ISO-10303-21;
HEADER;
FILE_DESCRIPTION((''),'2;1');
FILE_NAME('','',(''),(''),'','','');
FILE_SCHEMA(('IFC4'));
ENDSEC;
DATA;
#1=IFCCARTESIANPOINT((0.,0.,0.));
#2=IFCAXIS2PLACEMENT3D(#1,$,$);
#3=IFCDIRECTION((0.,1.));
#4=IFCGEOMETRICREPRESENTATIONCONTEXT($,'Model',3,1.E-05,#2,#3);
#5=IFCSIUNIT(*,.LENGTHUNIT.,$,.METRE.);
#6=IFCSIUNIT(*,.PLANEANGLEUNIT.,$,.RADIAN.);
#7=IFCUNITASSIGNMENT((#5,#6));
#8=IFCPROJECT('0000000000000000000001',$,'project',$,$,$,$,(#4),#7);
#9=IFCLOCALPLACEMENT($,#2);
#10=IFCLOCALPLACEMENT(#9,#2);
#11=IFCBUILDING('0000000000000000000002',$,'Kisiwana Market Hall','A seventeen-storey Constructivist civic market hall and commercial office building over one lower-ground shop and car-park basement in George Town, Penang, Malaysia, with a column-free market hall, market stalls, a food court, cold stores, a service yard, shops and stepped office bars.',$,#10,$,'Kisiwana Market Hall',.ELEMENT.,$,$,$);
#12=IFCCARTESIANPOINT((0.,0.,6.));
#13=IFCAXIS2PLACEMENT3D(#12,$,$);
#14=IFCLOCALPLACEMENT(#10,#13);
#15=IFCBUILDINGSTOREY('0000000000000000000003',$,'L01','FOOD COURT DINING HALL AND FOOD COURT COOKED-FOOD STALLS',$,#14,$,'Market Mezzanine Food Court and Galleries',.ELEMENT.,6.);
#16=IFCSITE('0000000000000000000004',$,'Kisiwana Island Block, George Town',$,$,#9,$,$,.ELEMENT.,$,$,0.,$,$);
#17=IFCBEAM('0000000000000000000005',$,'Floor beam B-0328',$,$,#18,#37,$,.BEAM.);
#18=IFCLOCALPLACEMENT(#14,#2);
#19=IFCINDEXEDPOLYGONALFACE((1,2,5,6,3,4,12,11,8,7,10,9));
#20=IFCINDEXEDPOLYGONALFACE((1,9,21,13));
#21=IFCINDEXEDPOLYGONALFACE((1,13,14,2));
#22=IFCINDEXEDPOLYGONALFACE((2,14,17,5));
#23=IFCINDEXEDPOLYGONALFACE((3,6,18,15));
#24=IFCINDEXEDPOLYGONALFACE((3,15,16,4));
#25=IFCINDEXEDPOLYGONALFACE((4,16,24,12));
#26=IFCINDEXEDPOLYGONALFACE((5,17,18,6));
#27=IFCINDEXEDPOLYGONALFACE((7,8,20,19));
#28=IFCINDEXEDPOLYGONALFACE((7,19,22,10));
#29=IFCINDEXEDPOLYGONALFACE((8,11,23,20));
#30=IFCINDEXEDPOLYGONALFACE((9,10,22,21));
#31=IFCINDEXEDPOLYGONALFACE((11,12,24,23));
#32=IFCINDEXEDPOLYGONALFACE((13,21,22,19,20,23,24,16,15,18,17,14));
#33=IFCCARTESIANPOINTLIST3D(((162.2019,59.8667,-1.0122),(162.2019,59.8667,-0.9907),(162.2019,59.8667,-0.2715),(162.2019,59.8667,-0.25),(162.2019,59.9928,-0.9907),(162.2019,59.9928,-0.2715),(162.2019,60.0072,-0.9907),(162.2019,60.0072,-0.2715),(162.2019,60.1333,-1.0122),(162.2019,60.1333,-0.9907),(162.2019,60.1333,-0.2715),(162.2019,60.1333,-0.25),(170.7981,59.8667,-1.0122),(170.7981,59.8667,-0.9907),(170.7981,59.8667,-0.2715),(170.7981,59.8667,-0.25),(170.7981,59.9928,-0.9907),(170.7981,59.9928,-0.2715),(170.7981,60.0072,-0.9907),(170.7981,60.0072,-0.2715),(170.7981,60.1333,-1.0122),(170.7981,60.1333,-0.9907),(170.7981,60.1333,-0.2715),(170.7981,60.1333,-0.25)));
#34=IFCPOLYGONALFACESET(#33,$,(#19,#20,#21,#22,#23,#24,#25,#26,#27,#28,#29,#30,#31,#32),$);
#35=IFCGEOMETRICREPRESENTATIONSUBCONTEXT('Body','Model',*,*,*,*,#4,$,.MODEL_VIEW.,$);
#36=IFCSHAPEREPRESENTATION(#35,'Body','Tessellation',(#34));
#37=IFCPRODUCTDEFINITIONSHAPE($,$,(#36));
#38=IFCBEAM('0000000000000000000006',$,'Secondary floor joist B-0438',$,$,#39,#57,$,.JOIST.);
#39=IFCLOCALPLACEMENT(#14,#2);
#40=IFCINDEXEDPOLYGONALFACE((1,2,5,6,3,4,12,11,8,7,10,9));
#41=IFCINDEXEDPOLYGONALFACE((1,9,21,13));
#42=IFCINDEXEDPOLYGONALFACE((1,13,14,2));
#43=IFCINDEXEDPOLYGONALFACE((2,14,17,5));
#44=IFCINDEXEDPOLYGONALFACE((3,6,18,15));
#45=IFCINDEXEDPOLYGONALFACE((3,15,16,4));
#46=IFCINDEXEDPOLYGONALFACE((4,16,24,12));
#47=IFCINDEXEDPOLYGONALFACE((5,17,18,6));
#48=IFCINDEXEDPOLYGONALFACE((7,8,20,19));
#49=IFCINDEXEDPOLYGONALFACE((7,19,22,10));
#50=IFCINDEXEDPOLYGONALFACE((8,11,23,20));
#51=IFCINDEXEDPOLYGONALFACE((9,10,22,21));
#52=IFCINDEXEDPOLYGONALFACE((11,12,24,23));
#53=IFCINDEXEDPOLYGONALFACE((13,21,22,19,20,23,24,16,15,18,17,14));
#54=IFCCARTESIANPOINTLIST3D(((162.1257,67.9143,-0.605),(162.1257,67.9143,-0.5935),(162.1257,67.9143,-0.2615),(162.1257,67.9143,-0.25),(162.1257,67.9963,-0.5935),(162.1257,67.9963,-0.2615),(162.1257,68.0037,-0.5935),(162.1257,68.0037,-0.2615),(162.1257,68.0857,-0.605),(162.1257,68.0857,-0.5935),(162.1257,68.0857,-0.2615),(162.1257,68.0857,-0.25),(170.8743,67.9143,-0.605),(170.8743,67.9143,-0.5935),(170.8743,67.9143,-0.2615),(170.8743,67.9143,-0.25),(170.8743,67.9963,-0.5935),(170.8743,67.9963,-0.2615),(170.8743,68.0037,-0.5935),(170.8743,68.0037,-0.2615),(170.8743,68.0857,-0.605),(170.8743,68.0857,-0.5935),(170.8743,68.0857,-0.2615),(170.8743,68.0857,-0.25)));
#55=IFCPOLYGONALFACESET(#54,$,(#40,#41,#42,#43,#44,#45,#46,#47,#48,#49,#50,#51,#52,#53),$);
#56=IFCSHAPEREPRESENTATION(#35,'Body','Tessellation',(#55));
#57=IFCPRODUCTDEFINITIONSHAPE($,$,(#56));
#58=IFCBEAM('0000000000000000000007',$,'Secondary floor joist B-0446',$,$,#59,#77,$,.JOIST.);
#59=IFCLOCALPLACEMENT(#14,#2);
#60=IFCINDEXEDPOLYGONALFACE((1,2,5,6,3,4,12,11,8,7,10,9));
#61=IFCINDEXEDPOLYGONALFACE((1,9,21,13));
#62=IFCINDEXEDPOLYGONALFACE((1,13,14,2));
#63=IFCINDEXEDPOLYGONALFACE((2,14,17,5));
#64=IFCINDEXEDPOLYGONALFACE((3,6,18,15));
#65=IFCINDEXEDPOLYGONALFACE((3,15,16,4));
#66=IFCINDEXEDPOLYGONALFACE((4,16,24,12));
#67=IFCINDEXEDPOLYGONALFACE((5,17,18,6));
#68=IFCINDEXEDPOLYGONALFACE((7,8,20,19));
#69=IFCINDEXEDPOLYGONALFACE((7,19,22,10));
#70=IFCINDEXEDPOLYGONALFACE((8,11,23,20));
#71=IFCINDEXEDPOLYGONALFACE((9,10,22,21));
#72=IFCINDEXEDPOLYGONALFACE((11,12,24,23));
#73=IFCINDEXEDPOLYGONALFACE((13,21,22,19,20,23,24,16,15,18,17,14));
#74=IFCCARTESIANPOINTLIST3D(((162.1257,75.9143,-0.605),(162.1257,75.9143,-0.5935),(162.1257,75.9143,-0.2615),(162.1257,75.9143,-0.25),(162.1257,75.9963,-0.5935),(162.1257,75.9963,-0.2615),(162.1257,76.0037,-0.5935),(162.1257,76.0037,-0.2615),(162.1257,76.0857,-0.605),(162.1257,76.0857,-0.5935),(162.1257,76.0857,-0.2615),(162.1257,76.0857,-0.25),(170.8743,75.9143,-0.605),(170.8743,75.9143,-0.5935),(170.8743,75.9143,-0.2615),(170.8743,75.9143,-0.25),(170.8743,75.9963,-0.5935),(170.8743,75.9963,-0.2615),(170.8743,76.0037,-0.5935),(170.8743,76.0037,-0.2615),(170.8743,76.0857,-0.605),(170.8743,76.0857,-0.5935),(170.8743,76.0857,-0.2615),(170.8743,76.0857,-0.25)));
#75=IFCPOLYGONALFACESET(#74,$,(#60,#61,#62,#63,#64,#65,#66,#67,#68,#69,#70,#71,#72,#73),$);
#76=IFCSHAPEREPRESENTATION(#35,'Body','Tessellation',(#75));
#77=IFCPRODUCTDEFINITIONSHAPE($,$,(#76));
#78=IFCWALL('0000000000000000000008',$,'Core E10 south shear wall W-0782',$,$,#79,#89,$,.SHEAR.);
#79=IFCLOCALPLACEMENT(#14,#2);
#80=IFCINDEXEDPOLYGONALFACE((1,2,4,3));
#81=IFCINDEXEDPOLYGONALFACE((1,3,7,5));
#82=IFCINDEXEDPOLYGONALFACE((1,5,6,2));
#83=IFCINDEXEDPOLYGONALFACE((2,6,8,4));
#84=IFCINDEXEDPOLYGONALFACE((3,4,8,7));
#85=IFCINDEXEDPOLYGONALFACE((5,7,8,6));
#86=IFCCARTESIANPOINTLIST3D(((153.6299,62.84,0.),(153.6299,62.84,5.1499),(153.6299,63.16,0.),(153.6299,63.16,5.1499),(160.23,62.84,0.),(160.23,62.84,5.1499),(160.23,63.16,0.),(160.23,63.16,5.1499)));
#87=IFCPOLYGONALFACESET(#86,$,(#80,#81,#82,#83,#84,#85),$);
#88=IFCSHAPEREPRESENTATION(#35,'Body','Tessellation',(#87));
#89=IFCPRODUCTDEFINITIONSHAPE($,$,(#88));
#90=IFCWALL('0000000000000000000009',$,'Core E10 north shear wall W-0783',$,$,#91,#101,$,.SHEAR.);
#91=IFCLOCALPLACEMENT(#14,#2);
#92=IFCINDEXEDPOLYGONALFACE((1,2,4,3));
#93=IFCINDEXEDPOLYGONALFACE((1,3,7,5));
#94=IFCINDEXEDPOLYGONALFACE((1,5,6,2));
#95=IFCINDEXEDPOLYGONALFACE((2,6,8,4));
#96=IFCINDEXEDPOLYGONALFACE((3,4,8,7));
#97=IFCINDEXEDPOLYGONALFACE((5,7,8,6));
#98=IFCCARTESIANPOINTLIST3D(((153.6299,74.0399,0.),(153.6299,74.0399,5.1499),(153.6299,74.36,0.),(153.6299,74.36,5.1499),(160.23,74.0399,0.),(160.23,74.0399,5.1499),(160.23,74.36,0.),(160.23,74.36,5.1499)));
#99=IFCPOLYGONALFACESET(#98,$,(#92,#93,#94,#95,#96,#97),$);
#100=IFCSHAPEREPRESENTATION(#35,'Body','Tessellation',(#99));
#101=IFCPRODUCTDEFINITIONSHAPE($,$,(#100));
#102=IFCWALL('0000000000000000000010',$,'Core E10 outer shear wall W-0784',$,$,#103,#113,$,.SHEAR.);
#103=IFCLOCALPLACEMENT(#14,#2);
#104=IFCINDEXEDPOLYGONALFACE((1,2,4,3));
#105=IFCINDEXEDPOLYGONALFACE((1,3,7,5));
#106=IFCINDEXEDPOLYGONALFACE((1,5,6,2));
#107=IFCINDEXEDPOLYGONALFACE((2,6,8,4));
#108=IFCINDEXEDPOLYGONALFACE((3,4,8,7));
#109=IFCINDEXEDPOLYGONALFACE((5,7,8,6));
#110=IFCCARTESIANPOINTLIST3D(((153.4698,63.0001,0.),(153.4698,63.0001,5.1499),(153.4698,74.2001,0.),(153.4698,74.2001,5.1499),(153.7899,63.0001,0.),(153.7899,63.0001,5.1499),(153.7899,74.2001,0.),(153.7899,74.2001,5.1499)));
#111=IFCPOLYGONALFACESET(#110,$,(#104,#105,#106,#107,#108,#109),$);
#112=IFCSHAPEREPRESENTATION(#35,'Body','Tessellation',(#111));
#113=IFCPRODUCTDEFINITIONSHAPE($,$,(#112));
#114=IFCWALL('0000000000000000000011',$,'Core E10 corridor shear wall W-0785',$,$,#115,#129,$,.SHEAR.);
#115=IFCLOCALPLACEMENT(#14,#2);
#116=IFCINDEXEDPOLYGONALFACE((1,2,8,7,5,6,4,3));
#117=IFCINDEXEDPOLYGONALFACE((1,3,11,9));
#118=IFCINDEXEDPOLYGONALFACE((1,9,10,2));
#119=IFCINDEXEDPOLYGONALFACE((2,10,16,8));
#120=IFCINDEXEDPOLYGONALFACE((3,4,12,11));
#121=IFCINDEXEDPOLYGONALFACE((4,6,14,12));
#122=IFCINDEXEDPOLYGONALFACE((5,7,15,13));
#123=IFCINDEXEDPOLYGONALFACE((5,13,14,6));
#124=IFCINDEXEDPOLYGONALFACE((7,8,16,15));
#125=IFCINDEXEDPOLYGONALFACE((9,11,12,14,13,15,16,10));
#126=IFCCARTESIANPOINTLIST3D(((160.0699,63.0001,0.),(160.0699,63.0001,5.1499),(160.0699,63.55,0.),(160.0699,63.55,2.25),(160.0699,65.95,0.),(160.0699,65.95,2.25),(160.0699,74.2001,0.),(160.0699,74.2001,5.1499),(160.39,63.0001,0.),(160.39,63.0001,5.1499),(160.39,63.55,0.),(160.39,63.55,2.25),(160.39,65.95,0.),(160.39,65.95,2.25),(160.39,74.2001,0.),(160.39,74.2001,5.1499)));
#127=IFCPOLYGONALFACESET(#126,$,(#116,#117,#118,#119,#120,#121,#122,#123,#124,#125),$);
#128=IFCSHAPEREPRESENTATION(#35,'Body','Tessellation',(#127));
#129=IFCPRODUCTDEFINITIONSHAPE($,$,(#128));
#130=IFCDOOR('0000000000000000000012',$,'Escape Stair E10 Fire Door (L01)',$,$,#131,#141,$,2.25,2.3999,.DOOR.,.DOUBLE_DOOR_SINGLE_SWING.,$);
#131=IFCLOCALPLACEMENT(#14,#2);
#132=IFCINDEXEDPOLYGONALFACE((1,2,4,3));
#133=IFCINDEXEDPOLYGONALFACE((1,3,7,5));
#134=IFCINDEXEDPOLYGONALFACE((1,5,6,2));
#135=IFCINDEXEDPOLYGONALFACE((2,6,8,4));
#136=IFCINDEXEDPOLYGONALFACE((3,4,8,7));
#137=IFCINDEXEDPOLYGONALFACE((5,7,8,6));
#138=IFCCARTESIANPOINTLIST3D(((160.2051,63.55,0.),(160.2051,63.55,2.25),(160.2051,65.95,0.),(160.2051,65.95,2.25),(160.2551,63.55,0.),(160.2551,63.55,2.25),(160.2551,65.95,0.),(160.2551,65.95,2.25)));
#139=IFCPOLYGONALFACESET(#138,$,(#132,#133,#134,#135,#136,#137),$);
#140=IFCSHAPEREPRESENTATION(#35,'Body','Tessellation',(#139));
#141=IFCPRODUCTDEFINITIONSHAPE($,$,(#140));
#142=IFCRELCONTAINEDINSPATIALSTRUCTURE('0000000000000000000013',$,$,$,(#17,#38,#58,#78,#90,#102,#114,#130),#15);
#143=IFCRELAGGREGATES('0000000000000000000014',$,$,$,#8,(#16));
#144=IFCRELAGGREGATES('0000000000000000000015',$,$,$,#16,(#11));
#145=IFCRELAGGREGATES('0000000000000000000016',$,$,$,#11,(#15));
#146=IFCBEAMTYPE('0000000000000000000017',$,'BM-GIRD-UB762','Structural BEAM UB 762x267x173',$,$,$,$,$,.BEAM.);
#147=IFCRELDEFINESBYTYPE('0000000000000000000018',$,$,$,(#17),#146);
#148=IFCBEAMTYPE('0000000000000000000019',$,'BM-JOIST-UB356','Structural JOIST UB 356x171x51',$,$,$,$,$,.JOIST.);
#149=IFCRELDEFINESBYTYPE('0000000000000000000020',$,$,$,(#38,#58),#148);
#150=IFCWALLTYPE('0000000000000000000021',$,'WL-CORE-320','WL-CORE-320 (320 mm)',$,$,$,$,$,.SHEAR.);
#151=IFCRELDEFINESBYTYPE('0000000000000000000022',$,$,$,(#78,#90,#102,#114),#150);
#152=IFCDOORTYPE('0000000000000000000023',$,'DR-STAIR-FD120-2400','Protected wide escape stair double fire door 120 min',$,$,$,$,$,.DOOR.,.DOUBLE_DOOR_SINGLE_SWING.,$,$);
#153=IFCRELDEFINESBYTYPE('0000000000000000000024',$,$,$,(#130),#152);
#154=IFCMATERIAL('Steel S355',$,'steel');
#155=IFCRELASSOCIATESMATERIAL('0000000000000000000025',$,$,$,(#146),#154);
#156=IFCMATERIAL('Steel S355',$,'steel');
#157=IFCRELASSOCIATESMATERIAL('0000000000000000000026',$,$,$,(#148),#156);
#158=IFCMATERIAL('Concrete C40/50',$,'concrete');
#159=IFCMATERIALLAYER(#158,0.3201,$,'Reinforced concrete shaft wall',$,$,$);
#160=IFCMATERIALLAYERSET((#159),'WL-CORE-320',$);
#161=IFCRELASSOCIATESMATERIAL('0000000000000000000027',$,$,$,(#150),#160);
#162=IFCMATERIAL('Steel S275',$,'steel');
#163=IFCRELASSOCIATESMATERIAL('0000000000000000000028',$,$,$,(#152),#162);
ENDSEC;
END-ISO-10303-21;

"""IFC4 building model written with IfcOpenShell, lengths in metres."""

from ifc_helpers import new_model, si_unit, direction, frame, frame_2d, origin, origin_2d, place, context, subcontext, project, spatial, rectangle, i_section, extrude, material, layer, layer_set, material_profile, profile_set, type_object, element, fill, save


model = new_model("IFC4")

# Units and contexts
model_context = context("Model", 3, precision=1e-05, world=origin(), true_north=direction((0.0, 1.0)))
body_context = subcontext(model_context, "Body", "Model", "MODEL_VIEW")
ifc_project = project(units=[si_unit("LENGTHUNIT", "METRE"), si_unit("PLANEANGLEUNIT", "RADIAN")], contexts=[model_context])

# Site, building, storey
site_placement = place(None, origin())
site = spatial("IfcSite", under=ifc_project, at=site_placement, Name="Kisiwana Island Block, George Town", CompositionType="ELEMENT", RefElevation=0.0)
building_placement = place(site_placement, origin())
building = spatial("IfcBuilding", under=site, at=building_placement, Name="Kisiwana Market Hall", Description="A seventeen-storey Constructivist civic market hall and commercial office building over one lower-ground shop and car-park basement in George Town, Penang, Malaysia, with a column-free market hall, market stalls, a food court, cold stores, a service yard, shops and stepped office bars.", LongName="Kisiwana Market Hall", CompositionType="ELEMENT")
storey_placement = place(building_placement, frame((0.0, 0.0, 6.0)))
storey = spatial("IfcBuildingStorey", under=building, at=storey_placement, Name="L01", Description="FOOD COURT DINING HALL AND FOOD COURT COOKED-FOOD STALLS", LongName="Market Mezzanine Food Court and Galleries", CompositionType="ELEMENT", Elevation=6.0)

# Beams
ifc_material_1 = material(Name="Steel S355", Category="steel")
ifc_material_profile_1 = material_profile(ifc_material_1, i_section(OverallWidth=0.2666, OverallDepth=0.7622, WebThickness=0.0144, FlangeThickness=0.0215, at=origin_2d()), Name="UB 762x267x173")
ifc_profile_set_1 = profile_set([ifc_material_profile_1], Name="Steel S355")
beam_type_1 = type_object("IfcBeamType", Name="BM-GIRD-UB762", Description="Structural BEAM UB 762x267x173", PredefinedType="BEAM", material=ifc_profile_set_1)
beam_1_placement = place(storey_placement, frame((162.2019, 60.0, -0.6311), z_axis=(1.0, 0.0, 0.0), x_axis=(0.0, 1.0, 0.0)))
element("IfcBeam", 1, at=beam_1_placement, inside=storey, type_object=beam_type_1, Name="Floor beam B-0328", PredefinedType="BEAM", context=body_context, shape_type="SweptSolid", body=[
    extrude(i_section(OverallWidth=0.2666, OverallDepth=0.7622, WebThickness=0.0144, FlangeThickness=0.0215, at=origin_2d()), origin(), (0.0, 0.0, 1.0), 8.5962),
])
ifc_material_2 = material(Name="Steel S355", Category="steel")
ifc_material_profile_2 = material_profile(ifc_material_2, i_section(OverallWidth=0.1714, OverallDepth=0.355, WebThickness=0.0073, FlangeThickness=0.0115, at=origin_2d()), Name="UB 356x171x51")
ifc_profile_set_2 = profile_set([ifc_material_profile_2], Name="Steel S355")
beam_type_2 = type_object("IfcBeamType", Name="BM-JOIST-UB356", Description="Structural JOIST UB 356x171x51", PredefinedType="JOIST", material=ifc_profile_set_2)
for number, where, z_axis, x_axis, name in (
    (2, (162.1257, 68.0, -0.4275), (1.0, 0.0, 0.0), (0.0, 1.0, 0.0), "Secondary floor joist B-0438"),
    (3, (162.1257, 76.0, -0.4275), (1.0, 0.0, 0.0), (0.0, 1.0, 0.0), "Secondary floor joist B-0446"),
):
    element("IfcBeam", number, at=place(storey_placement, frame(where, z_axis=z_axis, x_axis=x_axis)), inside=storey, type_object=beam_type_2, Name=name, PredefinedType="JOIST", context=body_context, shape_type="SweptSolid", body=[
        extrude(i_section(OverallWidth=0.1714, OverallDepth=0.355, WebThickness=0.0073, FlangeThickness=0.0115, at=origin_2d()), origin(), (0.0, 0.0, 1.0), 8.7485),
    ])

# Walls
ifc_material_3 = material(Name="Concrete C40/50", Category="concrete")
ifc_layer = layer(ifc_material_3, 0.3201, Name="Reinforced concrete shaft wall")
ifc_layer_set = layer_set([ifc_layer], Name="WL-CORE-320")
wall_type = type_object("IfcWallType", Name="WL-CORE-320", Description="WL-CORE-320 (320 mm)", PredefinedType="SHEAR", material=ifc_layer_set)
for number, where, z_axis, x_axis, name in (
    (4, (153.6299, 63.0, 0.0), (0.0, 0.0, 1.0), (1.0, 0.0, 0.0), "Core E10 south shear wall W-0782"),
    (5, (153.6299, 74.2, 0.0), (0.0, 0.0, 1.0), (1.0, 0.0, 0.0), "Core E10 north shear wall W-0783"),
):
    element("IfcWall", number, at=place(storey_placement, frame(where, z_axis=z_axis, x_axis=x_axis)), inside=storey, type_object=wall_type, Name=name, PredefinedType="SHEAR", context=body_context, shape_type="SweptSolid", body=[
        extrude(rectangle(XDim=6.6001, YDim=0.3201, at=frame_2d((3.3, 0.0))), origin(), (0.0, 0.0, 1.0), 5.1499),
    ])
wall_1_placement = place(storey_placement, frame((153.6299, 63.0, 0.0), z_axis=(0.0, 0.0, 1.0), x_axis=(0.0, 1.0, 0.0)))
element("IfcWall", 6, at=wall_1_placement, inside=storey, type_object=wall_type, Name="Core E10 outer shear wall W-0784", PredefinedType="SHEAR", context=body_context, shape_type="SweptSolid", body=[
    extrude(rectangle(XDim=11.2, YDim=0.3201, at=frame_2d((5.6001, 0.0))), origin(), (0.0, 0.0, 1.0), 5.1499),
])

# Wall, opening, door
wall_2_placement = place(storey_placement, frame((160.23, 63.0, 0.0), z_axis=(0.0, 0.0, 1.0), x_axis=(0.0, 1.0, 0.0)))
wall_2 = element("IfcWall", 7, at=wall_2_placement, inside=storey, type_object=wall_type, Name="Core E10 corridor shear wall W-0785", PredefinedType="SHEAR", context=body_context, shape_type="SweptSolid", body=[
    extrude(rectangle(XDim=11.2, YDim=0.3201, at=frame_2d((5.6001, 0.0))), origin(), (0.0, 0.0, 1.0), 5.1499),
])
opening_placement = place(wall_2_placement, frame((0.55, 0.0, 0.0)))
opening = element("IfcOpeningElement", 8, at=opening_placement, cuts=wall_2, PredefinedType="OPENING", context=body_context, shape_type="SweptSolid", body=[
    extrude(rectangle(XDim=2.3999, YDim=2.25, at=frame_2d((1.2, 1.125))), frame((0.0, 0.1719, 0.0), z_axis=(0.0, -1.0, 0.0), x_axis=(1.0, 0.0, 0.0)), (0.0, 0.0, 1.0), 0.344),
])
ifc_material_4 = material(Name="Steel S275", Category="steel")
door_type = type_object("IfcDoorType", Name="DR-STAIR-FD120-2400", Description="Protected wide escape stair double fire door 120 min", OperationType="DOUBLE_DOOR_SINGLE_SWING", PredefinedType="DOOR", material=ifc_material_4)
door_placement = place(opening_placement, origin())
door = element("IfcDoor", 9, at=door_placement, inside=storey, type_object=door_type, Name="Escape Stair E10 Fire Door (L01)", OperationType="DOUBLE_DOOR_SINGLE_SWING", OverallHeight=2.25, OverallWidth=2.3999, PredefinedType="DOOR", context=body_context, shape_type="SweptSolid", body=[
    extrude(rectangle(XDim=2.3999, YDim=2.25, at=frame_2d((1.2, 1.125))), frame((0.0, 0.0249, 0.0), z_axis=(0.0, -1.0, 0.0), x_axis=(1.0, 0.0, 0.0)), (0.0, 0.0, 1.0), 0.05),
])
fill(opening, door)

save(model, "model.ifc")
